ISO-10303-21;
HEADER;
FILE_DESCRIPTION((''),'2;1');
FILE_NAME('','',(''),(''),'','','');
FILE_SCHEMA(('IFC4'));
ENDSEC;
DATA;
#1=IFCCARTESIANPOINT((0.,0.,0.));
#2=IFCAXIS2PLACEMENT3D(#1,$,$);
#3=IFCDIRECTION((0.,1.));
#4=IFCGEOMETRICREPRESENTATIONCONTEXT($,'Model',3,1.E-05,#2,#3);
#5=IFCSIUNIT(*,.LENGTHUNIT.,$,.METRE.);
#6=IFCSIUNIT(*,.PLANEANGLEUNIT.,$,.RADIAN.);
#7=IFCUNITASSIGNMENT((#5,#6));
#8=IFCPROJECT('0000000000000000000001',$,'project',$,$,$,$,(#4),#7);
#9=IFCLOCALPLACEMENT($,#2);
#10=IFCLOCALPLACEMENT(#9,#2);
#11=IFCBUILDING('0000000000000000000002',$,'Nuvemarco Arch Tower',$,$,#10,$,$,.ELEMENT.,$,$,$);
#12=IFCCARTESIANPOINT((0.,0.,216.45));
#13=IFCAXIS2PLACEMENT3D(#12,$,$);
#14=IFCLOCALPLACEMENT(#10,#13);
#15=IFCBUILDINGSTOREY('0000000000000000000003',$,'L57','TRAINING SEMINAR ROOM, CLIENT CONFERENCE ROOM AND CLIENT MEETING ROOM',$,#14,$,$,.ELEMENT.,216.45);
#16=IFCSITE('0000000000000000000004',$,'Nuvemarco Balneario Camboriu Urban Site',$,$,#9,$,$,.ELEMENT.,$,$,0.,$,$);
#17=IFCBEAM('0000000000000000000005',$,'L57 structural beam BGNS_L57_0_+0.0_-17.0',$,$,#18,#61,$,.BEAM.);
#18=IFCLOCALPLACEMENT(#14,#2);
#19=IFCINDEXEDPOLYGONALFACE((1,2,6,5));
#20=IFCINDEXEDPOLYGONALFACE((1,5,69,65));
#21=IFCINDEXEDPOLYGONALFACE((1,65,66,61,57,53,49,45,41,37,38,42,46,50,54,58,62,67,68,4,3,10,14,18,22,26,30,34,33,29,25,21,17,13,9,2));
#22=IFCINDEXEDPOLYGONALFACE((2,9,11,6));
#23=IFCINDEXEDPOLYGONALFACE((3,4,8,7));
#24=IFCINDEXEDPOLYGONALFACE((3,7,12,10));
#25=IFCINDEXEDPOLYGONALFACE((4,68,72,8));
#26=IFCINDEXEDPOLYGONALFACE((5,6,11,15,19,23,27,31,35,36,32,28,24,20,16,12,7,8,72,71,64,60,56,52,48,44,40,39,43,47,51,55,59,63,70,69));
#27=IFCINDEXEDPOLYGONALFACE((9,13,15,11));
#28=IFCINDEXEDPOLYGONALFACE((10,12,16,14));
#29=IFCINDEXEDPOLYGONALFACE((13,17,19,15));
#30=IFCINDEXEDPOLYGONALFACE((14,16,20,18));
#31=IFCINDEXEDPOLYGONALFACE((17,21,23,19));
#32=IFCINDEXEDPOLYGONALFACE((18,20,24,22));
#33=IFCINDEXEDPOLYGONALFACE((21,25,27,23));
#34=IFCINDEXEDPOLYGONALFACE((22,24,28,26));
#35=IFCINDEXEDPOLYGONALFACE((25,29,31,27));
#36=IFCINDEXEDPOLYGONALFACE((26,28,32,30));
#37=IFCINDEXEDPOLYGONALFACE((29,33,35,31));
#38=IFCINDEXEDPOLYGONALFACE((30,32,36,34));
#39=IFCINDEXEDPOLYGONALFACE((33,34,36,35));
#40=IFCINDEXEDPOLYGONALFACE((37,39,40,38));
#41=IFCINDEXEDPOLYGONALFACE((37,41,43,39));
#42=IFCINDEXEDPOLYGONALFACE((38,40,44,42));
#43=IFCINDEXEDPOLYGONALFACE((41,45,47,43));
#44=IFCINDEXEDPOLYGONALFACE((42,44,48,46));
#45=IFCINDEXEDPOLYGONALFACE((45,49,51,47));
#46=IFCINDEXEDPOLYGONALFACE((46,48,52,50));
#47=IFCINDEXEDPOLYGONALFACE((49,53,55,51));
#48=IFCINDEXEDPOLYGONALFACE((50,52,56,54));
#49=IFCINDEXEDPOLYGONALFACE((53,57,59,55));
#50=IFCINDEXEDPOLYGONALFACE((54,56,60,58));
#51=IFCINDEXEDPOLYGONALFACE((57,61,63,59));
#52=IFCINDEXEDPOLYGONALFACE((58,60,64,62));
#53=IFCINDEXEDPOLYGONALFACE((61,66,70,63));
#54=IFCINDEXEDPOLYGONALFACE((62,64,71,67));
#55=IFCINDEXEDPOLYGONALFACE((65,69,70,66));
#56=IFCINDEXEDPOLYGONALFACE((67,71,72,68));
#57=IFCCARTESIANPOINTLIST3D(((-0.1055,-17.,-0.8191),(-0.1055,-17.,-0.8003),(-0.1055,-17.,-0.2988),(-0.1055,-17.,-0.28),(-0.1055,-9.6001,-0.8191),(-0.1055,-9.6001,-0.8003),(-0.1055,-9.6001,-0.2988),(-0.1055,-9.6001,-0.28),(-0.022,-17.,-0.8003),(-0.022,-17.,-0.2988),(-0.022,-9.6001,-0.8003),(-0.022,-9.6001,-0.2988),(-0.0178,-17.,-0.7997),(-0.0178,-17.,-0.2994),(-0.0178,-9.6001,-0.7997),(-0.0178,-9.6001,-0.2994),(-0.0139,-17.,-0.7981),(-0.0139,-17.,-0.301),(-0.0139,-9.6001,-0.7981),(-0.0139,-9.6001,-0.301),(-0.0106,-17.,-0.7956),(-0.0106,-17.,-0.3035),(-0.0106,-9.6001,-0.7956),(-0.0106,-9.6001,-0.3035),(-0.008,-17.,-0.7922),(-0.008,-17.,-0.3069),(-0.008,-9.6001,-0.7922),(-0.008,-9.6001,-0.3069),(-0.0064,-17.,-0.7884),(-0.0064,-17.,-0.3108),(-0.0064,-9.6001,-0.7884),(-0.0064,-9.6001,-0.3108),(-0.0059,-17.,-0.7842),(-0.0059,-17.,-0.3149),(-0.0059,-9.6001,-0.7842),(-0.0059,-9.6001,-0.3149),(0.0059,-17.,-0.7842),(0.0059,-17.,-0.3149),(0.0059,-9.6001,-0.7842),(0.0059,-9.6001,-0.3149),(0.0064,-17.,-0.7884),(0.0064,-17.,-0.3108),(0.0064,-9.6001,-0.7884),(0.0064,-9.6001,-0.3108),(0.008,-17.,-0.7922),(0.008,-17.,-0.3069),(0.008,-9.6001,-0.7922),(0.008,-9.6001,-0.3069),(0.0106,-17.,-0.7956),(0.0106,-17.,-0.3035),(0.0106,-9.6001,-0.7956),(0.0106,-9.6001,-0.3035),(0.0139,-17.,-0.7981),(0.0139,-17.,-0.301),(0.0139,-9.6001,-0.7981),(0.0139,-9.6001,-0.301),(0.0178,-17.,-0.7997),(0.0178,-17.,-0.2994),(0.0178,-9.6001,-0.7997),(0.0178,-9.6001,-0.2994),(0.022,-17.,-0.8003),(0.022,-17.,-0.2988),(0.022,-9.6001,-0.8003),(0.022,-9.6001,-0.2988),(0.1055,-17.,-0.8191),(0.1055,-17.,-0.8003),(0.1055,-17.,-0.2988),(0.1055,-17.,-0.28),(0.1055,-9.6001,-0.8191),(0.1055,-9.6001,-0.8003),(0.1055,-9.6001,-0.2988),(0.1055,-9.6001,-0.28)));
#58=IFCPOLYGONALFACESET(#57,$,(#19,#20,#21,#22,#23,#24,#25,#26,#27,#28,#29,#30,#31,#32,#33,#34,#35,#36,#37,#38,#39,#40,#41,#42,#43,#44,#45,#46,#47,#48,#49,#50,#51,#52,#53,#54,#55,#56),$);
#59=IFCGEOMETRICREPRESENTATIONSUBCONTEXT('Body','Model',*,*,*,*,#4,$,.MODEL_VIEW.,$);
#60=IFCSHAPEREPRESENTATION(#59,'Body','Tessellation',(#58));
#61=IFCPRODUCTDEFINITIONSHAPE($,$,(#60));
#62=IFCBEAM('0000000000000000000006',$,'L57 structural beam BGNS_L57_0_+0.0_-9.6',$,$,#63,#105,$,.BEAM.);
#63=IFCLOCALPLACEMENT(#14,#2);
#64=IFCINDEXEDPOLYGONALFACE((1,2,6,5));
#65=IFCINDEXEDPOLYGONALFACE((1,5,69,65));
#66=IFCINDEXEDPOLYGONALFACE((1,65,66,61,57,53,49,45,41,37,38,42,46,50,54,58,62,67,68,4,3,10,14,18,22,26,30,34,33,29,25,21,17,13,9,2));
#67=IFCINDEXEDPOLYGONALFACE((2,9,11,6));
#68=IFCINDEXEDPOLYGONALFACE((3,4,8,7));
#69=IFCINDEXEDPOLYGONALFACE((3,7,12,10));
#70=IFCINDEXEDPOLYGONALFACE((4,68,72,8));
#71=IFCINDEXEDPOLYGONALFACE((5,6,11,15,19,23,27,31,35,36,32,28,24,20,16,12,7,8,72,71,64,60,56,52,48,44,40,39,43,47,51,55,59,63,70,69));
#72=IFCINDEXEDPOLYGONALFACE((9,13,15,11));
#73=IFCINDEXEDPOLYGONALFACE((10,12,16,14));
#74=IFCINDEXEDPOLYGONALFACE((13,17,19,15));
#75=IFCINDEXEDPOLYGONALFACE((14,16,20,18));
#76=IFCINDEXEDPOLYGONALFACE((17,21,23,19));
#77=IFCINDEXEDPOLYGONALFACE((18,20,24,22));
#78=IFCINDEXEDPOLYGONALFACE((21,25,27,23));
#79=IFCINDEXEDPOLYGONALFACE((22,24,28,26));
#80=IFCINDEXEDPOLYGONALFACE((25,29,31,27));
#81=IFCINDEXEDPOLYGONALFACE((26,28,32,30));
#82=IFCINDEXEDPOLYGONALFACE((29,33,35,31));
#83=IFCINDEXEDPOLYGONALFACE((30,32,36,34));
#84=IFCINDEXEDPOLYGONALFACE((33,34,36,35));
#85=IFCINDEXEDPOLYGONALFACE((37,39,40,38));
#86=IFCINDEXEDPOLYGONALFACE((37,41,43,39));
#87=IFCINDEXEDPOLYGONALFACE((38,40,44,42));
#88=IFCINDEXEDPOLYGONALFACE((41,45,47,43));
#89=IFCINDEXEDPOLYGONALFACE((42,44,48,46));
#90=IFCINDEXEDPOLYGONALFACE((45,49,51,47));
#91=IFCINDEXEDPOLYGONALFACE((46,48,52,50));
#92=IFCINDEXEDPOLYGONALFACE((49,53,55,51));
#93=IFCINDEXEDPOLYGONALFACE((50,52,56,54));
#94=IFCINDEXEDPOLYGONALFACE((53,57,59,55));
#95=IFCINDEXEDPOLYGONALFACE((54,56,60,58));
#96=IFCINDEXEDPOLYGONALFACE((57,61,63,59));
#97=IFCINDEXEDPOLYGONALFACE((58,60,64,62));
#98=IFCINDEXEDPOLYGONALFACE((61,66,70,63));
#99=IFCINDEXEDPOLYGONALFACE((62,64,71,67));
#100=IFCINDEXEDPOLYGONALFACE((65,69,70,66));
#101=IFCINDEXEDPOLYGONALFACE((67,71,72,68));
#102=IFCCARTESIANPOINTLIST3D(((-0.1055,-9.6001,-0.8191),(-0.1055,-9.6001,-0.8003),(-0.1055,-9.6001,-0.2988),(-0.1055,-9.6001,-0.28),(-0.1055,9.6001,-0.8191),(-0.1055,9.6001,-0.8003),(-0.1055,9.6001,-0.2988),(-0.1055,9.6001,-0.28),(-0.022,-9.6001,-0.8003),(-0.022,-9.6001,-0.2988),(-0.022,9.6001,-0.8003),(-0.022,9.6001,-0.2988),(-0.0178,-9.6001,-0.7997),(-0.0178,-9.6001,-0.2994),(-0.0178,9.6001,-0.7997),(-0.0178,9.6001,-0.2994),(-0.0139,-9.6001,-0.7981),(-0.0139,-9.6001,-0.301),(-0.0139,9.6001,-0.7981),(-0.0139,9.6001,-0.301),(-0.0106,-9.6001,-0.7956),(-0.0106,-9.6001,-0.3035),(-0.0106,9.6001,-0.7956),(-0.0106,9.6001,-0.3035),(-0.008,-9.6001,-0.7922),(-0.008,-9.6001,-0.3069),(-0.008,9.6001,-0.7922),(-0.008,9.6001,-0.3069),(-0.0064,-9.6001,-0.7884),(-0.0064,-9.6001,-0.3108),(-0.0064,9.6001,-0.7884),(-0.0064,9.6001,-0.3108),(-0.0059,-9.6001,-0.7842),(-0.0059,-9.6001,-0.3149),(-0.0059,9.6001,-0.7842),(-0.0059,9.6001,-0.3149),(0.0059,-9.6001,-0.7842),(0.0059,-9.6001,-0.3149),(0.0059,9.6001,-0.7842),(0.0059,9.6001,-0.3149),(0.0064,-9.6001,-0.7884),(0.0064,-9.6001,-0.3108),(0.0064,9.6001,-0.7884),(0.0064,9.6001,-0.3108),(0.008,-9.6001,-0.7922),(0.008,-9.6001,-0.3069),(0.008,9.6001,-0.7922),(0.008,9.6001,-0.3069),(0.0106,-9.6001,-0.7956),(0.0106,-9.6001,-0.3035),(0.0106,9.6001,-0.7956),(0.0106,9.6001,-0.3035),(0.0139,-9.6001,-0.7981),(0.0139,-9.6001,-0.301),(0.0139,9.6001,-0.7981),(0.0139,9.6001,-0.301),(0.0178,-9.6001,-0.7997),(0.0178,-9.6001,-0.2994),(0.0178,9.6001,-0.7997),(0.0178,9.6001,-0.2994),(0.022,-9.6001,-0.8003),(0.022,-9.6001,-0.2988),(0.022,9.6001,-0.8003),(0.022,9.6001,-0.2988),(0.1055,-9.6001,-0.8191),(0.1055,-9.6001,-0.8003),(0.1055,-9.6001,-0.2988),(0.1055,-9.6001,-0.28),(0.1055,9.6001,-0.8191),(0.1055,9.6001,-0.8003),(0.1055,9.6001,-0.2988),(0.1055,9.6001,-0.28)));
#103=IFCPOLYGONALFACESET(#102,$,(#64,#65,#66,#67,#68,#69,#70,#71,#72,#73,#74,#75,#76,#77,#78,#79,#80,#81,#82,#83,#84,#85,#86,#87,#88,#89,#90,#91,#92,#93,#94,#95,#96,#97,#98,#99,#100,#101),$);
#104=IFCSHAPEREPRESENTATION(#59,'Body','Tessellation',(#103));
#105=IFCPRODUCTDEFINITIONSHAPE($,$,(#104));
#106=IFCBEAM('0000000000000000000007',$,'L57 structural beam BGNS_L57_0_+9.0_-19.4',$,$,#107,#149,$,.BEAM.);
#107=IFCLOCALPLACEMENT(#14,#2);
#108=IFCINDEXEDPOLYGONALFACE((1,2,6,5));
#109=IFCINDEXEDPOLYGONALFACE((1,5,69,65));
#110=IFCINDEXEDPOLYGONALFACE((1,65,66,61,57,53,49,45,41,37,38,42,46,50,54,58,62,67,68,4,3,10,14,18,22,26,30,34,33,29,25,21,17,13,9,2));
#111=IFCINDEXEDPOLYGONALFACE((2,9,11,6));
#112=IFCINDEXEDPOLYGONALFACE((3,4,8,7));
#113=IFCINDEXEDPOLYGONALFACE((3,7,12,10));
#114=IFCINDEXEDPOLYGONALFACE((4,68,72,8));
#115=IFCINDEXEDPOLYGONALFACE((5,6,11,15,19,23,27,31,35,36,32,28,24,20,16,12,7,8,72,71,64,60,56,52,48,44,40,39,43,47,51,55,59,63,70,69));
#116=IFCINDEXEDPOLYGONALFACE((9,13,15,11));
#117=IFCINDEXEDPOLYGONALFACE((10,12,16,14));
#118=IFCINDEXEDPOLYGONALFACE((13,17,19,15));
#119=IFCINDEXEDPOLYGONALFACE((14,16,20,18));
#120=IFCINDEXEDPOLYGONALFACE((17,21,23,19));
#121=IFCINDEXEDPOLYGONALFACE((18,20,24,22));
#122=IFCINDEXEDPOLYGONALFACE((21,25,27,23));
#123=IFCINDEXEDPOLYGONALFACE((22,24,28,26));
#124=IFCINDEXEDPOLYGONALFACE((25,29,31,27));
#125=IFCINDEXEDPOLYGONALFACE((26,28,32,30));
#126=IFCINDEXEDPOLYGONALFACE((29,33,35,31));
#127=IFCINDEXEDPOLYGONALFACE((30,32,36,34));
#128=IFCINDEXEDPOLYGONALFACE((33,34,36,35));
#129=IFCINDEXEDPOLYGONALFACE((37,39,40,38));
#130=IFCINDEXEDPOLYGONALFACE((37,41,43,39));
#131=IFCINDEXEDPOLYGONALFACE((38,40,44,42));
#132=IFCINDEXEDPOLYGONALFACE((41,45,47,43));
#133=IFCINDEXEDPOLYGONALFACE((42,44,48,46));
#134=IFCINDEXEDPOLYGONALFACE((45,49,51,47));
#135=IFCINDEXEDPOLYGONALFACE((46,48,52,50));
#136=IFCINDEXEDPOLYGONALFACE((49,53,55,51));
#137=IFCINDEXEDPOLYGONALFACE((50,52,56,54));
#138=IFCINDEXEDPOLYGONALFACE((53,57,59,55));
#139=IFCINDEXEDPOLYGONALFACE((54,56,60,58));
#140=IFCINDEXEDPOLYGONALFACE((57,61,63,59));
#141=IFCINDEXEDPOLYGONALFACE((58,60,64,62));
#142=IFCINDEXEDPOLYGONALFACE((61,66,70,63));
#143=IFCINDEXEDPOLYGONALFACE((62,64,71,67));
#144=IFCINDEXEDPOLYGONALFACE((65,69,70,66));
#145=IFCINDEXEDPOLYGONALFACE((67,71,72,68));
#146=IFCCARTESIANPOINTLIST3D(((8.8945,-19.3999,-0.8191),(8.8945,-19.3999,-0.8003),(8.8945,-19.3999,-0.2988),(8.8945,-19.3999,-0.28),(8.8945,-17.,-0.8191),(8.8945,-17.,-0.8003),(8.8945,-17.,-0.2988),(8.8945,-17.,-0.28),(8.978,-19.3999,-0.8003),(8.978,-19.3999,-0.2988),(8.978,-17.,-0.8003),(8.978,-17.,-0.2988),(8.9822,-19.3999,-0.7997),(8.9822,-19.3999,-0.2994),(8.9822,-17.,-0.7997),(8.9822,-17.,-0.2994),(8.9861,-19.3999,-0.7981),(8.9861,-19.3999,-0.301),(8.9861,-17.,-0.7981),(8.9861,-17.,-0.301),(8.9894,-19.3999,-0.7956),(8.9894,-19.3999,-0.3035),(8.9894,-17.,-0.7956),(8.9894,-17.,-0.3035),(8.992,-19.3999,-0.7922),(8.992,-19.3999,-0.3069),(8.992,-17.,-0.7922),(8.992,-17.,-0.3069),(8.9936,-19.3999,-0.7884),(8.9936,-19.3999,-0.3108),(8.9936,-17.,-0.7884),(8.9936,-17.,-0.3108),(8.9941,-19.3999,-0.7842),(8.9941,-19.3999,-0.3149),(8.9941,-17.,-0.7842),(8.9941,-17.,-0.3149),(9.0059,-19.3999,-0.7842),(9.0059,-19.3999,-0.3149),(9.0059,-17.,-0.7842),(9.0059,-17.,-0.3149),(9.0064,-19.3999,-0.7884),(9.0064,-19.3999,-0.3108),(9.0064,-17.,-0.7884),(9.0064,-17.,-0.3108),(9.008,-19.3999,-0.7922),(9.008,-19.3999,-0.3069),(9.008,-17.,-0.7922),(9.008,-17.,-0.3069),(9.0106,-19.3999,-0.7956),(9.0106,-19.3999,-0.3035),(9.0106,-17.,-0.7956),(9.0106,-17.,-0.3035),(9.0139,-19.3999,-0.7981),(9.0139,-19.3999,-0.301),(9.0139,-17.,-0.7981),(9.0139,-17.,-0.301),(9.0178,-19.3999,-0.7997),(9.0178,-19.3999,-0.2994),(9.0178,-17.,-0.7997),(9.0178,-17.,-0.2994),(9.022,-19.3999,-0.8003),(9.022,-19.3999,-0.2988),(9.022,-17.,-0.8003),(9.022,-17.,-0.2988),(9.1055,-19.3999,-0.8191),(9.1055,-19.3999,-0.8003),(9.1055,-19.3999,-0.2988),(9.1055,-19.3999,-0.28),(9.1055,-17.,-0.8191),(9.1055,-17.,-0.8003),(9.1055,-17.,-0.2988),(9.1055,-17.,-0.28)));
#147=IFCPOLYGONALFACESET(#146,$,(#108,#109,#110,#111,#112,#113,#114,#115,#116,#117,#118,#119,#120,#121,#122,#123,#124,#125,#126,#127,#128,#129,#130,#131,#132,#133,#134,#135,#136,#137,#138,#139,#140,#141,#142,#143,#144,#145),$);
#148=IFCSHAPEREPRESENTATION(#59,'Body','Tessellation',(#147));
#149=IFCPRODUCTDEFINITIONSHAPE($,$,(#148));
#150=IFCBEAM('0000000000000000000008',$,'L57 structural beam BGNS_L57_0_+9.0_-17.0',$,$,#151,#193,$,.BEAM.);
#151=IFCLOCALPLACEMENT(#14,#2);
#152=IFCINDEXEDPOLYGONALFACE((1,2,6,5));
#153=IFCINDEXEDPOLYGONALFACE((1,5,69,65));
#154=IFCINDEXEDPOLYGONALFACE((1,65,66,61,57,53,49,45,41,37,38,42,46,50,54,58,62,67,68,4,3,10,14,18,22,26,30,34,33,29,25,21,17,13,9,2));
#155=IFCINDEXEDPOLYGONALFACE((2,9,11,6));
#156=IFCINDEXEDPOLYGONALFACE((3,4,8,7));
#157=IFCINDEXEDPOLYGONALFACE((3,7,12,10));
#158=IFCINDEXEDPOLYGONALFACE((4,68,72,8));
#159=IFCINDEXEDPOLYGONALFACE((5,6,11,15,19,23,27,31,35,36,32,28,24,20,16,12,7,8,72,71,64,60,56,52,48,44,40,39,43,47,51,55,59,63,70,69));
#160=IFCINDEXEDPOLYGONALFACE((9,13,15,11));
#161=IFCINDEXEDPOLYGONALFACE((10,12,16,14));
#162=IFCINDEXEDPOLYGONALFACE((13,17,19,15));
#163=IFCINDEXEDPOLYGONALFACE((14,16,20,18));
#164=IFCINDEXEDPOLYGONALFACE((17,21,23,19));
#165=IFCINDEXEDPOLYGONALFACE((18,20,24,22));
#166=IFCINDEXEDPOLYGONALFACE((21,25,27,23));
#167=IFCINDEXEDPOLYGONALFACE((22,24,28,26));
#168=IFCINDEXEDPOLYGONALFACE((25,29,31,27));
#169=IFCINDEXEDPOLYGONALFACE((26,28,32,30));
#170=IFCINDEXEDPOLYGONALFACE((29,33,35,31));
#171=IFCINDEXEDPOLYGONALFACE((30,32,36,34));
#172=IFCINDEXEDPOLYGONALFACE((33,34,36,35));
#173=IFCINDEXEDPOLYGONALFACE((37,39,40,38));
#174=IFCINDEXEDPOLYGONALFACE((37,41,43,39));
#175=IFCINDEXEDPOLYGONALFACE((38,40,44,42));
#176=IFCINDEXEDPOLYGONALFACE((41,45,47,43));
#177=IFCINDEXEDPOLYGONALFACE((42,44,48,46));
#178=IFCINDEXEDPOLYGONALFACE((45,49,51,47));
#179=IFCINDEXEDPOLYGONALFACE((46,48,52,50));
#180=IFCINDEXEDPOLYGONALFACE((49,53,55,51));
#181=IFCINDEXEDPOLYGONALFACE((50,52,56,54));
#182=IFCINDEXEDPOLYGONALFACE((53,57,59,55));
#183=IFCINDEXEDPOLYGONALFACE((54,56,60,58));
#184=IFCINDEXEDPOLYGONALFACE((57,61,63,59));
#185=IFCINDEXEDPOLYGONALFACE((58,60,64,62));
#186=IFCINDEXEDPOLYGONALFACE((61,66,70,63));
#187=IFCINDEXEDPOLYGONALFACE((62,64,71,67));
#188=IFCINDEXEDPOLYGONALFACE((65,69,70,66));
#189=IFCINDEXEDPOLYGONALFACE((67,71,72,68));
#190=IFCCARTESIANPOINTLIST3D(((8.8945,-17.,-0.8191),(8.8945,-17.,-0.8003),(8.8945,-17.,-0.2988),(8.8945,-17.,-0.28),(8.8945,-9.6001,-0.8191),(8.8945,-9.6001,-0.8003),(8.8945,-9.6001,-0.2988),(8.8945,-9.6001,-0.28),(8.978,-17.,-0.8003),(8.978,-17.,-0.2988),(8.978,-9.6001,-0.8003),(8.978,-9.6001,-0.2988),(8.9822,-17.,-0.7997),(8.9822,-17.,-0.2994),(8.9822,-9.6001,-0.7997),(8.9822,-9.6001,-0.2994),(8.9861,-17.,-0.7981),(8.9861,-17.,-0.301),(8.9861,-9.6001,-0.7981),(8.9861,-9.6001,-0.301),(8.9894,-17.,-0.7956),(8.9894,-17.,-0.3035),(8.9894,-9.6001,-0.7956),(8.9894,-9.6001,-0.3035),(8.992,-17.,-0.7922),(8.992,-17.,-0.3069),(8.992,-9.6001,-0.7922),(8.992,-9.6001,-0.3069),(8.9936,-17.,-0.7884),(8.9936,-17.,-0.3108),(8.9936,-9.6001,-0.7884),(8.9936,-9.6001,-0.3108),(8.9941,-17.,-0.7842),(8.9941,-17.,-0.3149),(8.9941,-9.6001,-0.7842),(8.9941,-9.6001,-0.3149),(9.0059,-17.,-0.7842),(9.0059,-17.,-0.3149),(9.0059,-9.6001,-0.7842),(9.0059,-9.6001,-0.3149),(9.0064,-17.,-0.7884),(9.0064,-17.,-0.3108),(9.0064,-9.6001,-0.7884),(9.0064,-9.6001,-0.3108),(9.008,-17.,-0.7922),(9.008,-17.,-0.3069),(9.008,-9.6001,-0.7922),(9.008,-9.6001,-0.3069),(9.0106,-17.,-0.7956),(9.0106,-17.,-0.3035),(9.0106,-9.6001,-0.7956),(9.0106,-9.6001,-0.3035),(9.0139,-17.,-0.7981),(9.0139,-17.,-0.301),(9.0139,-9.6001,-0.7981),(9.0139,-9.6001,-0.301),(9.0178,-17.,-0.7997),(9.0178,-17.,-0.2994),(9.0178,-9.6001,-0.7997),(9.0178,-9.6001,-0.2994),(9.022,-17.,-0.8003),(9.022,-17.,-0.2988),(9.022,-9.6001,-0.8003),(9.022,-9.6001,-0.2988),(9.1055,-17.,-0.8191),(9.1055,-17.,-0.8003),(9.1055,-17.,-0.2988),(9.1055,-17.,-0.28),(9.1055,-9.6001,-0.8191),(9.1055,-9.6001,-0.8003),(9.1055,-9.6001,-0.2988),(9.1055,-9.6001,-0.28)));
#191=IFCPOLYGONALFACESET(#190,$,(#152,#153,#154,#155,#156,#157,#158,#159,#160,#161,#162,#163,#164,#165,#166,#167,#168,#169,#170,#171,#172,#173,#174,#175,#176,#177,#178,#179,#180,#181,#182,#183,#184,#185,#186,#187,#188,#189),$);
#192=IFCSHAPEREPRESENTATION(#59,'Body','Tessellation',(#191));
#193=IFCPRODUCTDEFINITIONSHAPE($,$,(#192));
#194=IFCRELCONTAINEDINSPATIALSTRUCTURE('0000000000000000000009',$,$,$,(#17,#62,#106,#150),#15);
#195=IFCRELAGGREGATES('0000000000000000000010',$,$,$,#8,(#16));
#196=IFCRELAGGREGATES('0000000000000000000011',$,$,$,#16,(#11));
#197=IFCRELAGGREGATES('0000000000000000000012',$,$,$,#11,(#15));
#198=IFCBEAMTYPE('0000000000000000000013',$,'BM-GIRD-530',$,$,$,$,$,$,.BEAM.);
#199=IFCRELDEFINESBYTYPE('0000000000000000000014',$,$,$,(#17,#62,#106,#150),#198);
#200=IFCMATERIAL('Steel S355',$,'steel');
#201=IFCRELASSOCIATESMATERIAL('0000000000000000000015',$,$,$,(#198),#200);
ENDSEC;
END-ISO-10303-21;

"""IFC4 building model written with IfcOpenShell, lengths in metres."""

from ifc_helpers import new_model, si_unit, direction, frame, origin, origin_2d, place, context, subcontext, project, spatial, i_section, extrude, material, material_profile, profile_set, type_object, element, save


model = new_model("IFC4")

# Units and contexts
model_context = context("Model", 3, precision=1e-05, world=origin(), true_north=direction((0.0, 1.0)))
body_context = subcontext(model_context, "Body", "Model", "MODEL_VIEW")
ifc_project = project(units=[si_unit("LENGTHUNIT", "METRE"), si_unit("PLANEANGLEUNIT", "RADIAN")], contexts=[model_context])

# Site, building, storey
site_placement = place(None, origin())
site = spatial("IfcSite", under=ifc_project, at=site_placement, Name="Nuvemarco Balneario Camboriu Urban Site", CompositionType="ELEMENT", RefElevation=0.0)
building_placement = place(site_placement, origin())
building = spatial("IfcBuilding", under=site, at=building_placement, Name="Nuvemarco Arch Tower", CompositionType="ELEMENT")
storey_placement = place(building_placement, frame((0.0, 0.0, 216.45)))
storey = spatial("IfcBuildingStorey", under=building, at=storey_placement, Name="L57", Description="TRAINING SEMINAR ROOM, CLIENT CONFERENCE ROOM AND CLIENT MEETING ROOM", CompositionType="ELEMENT", Elevation=216.45)

# Shared definitions
ifc_material_1 = material(Name="Steel S355", Category="steel")

# Beams
ifc_material_profile_1 = material_profile(ifc_material_1, i_section(OverallWidth=0.2109, OverallDepth=0.5391, WebThickness=0.0117, FlangeThickness=0.0188, FilletRadius=0.0161, at=origin_2d()), Name="W530x109")
ifc_profile_set_1 = profile_set([ifc_material_profile_1], Name="Steel S355")
beam_type_1 = type_object("IfcBeamType", Name="BM-GIRD-530", PredefinedType="BEAM", material=ifc_profile_set_1)
beam_1_placement = place(storey_placement, frame((0.0, -17.0, -0.5496), z_axis=(0.0, 1.0, 0.0), x_axis=(-1.0, 0.0, 0.0)))
element("IfcBeam", 1, at=beam_1_placement, inside=storey, type_object=beam_type_1, Name="L57 structural beam BGNS_L57_0_+0.0_-17.0", PredefinedType="BEAM", context=body_context, shape_type="SweptSolid", body=[
    extrude(i_section(OverallWidth=0.2109, OverallDepth=0.5391, WebThickness=0.0117, FlangeThickness=0.0188, FilletRadius=0.0161, at=origin_2d()), origin(), (0.0, 0.0, 1.0), 7.3999),
])
beam_2_placement = place(storey_placement, frame((0.0, -9.6001, -0.5496), z_axis=(0.0, 1.0, 0.0), x_axis=(-1.0, 0.0, 0.0)))
element("IfcBeam", 2, at=beam_2_placement, inside=storey, type_object=beam_type_1, Name="L57 structural beam BGNS_L57_0_+0.0_-9.6", PredefinedType="BEAM", context=body_context, shape_type="SweptSolid", body=[
    extrude(i_section(OverallWidth=0.2109, OverallDepth=0.5391, WebThickness=0.0117, FlangeThickness=0.0188, FilletRadius=0.0161, at=origin_2d()), origin(), (0.0, 0.0, 1.0), 19.2002),
])
beam_3_placement = place(storey_placement, frame((9.0, -19.3999, -0.5496), z_axis=(0.0, 1.0, 0.0), x_axis=(-1.0, 0.0, 0.0)))
element("IfcBeam", 3, at=beam_3_placement, inside=storey, type_object=beam_type_1, Name="L57 structural beam BGNS_L57_0_+9.0_-19.4", PredefinedType="BEAM", context=body_context, shape_type="SweptSolid", body=[
    extrude(i_section(OverallWidth=0.2109, OverallDepth=0.5391, WebThickness=0.0117, FlangeThickness=0.0188, FilletRadius=0.0161, at=origin_2d()), origin(), (0.0, 0.0, 1.0), 2.3999),
])
beam_4_placement = place(storey_placement, frame((9.0, -17.0, -0.5496), z_axis=(0.0, 1.0, 0.0), x_axis=(-1.0, 0.0, 0.0)))
element("IfcBeam", 4, at=beam_4_placement, inside=storey, type_object=beam_type_1, Name="L57 structural beam BGNS_L57_0_+9.0_-17.0", PredefinedType="BEAM", context=body_context, shape_type="SweptSolid", body=[
    extrude(i_section(OverallWidth=0.2109, OverallDepth=0.5391, WebThickness=0.0117, FlangeThickness=0.0188, FilletRadius=0.0161, at=origin_2d()), origin(), (0.0, 0.0, 1.0), 7.3999),
])

save(model, "model.ifc")
